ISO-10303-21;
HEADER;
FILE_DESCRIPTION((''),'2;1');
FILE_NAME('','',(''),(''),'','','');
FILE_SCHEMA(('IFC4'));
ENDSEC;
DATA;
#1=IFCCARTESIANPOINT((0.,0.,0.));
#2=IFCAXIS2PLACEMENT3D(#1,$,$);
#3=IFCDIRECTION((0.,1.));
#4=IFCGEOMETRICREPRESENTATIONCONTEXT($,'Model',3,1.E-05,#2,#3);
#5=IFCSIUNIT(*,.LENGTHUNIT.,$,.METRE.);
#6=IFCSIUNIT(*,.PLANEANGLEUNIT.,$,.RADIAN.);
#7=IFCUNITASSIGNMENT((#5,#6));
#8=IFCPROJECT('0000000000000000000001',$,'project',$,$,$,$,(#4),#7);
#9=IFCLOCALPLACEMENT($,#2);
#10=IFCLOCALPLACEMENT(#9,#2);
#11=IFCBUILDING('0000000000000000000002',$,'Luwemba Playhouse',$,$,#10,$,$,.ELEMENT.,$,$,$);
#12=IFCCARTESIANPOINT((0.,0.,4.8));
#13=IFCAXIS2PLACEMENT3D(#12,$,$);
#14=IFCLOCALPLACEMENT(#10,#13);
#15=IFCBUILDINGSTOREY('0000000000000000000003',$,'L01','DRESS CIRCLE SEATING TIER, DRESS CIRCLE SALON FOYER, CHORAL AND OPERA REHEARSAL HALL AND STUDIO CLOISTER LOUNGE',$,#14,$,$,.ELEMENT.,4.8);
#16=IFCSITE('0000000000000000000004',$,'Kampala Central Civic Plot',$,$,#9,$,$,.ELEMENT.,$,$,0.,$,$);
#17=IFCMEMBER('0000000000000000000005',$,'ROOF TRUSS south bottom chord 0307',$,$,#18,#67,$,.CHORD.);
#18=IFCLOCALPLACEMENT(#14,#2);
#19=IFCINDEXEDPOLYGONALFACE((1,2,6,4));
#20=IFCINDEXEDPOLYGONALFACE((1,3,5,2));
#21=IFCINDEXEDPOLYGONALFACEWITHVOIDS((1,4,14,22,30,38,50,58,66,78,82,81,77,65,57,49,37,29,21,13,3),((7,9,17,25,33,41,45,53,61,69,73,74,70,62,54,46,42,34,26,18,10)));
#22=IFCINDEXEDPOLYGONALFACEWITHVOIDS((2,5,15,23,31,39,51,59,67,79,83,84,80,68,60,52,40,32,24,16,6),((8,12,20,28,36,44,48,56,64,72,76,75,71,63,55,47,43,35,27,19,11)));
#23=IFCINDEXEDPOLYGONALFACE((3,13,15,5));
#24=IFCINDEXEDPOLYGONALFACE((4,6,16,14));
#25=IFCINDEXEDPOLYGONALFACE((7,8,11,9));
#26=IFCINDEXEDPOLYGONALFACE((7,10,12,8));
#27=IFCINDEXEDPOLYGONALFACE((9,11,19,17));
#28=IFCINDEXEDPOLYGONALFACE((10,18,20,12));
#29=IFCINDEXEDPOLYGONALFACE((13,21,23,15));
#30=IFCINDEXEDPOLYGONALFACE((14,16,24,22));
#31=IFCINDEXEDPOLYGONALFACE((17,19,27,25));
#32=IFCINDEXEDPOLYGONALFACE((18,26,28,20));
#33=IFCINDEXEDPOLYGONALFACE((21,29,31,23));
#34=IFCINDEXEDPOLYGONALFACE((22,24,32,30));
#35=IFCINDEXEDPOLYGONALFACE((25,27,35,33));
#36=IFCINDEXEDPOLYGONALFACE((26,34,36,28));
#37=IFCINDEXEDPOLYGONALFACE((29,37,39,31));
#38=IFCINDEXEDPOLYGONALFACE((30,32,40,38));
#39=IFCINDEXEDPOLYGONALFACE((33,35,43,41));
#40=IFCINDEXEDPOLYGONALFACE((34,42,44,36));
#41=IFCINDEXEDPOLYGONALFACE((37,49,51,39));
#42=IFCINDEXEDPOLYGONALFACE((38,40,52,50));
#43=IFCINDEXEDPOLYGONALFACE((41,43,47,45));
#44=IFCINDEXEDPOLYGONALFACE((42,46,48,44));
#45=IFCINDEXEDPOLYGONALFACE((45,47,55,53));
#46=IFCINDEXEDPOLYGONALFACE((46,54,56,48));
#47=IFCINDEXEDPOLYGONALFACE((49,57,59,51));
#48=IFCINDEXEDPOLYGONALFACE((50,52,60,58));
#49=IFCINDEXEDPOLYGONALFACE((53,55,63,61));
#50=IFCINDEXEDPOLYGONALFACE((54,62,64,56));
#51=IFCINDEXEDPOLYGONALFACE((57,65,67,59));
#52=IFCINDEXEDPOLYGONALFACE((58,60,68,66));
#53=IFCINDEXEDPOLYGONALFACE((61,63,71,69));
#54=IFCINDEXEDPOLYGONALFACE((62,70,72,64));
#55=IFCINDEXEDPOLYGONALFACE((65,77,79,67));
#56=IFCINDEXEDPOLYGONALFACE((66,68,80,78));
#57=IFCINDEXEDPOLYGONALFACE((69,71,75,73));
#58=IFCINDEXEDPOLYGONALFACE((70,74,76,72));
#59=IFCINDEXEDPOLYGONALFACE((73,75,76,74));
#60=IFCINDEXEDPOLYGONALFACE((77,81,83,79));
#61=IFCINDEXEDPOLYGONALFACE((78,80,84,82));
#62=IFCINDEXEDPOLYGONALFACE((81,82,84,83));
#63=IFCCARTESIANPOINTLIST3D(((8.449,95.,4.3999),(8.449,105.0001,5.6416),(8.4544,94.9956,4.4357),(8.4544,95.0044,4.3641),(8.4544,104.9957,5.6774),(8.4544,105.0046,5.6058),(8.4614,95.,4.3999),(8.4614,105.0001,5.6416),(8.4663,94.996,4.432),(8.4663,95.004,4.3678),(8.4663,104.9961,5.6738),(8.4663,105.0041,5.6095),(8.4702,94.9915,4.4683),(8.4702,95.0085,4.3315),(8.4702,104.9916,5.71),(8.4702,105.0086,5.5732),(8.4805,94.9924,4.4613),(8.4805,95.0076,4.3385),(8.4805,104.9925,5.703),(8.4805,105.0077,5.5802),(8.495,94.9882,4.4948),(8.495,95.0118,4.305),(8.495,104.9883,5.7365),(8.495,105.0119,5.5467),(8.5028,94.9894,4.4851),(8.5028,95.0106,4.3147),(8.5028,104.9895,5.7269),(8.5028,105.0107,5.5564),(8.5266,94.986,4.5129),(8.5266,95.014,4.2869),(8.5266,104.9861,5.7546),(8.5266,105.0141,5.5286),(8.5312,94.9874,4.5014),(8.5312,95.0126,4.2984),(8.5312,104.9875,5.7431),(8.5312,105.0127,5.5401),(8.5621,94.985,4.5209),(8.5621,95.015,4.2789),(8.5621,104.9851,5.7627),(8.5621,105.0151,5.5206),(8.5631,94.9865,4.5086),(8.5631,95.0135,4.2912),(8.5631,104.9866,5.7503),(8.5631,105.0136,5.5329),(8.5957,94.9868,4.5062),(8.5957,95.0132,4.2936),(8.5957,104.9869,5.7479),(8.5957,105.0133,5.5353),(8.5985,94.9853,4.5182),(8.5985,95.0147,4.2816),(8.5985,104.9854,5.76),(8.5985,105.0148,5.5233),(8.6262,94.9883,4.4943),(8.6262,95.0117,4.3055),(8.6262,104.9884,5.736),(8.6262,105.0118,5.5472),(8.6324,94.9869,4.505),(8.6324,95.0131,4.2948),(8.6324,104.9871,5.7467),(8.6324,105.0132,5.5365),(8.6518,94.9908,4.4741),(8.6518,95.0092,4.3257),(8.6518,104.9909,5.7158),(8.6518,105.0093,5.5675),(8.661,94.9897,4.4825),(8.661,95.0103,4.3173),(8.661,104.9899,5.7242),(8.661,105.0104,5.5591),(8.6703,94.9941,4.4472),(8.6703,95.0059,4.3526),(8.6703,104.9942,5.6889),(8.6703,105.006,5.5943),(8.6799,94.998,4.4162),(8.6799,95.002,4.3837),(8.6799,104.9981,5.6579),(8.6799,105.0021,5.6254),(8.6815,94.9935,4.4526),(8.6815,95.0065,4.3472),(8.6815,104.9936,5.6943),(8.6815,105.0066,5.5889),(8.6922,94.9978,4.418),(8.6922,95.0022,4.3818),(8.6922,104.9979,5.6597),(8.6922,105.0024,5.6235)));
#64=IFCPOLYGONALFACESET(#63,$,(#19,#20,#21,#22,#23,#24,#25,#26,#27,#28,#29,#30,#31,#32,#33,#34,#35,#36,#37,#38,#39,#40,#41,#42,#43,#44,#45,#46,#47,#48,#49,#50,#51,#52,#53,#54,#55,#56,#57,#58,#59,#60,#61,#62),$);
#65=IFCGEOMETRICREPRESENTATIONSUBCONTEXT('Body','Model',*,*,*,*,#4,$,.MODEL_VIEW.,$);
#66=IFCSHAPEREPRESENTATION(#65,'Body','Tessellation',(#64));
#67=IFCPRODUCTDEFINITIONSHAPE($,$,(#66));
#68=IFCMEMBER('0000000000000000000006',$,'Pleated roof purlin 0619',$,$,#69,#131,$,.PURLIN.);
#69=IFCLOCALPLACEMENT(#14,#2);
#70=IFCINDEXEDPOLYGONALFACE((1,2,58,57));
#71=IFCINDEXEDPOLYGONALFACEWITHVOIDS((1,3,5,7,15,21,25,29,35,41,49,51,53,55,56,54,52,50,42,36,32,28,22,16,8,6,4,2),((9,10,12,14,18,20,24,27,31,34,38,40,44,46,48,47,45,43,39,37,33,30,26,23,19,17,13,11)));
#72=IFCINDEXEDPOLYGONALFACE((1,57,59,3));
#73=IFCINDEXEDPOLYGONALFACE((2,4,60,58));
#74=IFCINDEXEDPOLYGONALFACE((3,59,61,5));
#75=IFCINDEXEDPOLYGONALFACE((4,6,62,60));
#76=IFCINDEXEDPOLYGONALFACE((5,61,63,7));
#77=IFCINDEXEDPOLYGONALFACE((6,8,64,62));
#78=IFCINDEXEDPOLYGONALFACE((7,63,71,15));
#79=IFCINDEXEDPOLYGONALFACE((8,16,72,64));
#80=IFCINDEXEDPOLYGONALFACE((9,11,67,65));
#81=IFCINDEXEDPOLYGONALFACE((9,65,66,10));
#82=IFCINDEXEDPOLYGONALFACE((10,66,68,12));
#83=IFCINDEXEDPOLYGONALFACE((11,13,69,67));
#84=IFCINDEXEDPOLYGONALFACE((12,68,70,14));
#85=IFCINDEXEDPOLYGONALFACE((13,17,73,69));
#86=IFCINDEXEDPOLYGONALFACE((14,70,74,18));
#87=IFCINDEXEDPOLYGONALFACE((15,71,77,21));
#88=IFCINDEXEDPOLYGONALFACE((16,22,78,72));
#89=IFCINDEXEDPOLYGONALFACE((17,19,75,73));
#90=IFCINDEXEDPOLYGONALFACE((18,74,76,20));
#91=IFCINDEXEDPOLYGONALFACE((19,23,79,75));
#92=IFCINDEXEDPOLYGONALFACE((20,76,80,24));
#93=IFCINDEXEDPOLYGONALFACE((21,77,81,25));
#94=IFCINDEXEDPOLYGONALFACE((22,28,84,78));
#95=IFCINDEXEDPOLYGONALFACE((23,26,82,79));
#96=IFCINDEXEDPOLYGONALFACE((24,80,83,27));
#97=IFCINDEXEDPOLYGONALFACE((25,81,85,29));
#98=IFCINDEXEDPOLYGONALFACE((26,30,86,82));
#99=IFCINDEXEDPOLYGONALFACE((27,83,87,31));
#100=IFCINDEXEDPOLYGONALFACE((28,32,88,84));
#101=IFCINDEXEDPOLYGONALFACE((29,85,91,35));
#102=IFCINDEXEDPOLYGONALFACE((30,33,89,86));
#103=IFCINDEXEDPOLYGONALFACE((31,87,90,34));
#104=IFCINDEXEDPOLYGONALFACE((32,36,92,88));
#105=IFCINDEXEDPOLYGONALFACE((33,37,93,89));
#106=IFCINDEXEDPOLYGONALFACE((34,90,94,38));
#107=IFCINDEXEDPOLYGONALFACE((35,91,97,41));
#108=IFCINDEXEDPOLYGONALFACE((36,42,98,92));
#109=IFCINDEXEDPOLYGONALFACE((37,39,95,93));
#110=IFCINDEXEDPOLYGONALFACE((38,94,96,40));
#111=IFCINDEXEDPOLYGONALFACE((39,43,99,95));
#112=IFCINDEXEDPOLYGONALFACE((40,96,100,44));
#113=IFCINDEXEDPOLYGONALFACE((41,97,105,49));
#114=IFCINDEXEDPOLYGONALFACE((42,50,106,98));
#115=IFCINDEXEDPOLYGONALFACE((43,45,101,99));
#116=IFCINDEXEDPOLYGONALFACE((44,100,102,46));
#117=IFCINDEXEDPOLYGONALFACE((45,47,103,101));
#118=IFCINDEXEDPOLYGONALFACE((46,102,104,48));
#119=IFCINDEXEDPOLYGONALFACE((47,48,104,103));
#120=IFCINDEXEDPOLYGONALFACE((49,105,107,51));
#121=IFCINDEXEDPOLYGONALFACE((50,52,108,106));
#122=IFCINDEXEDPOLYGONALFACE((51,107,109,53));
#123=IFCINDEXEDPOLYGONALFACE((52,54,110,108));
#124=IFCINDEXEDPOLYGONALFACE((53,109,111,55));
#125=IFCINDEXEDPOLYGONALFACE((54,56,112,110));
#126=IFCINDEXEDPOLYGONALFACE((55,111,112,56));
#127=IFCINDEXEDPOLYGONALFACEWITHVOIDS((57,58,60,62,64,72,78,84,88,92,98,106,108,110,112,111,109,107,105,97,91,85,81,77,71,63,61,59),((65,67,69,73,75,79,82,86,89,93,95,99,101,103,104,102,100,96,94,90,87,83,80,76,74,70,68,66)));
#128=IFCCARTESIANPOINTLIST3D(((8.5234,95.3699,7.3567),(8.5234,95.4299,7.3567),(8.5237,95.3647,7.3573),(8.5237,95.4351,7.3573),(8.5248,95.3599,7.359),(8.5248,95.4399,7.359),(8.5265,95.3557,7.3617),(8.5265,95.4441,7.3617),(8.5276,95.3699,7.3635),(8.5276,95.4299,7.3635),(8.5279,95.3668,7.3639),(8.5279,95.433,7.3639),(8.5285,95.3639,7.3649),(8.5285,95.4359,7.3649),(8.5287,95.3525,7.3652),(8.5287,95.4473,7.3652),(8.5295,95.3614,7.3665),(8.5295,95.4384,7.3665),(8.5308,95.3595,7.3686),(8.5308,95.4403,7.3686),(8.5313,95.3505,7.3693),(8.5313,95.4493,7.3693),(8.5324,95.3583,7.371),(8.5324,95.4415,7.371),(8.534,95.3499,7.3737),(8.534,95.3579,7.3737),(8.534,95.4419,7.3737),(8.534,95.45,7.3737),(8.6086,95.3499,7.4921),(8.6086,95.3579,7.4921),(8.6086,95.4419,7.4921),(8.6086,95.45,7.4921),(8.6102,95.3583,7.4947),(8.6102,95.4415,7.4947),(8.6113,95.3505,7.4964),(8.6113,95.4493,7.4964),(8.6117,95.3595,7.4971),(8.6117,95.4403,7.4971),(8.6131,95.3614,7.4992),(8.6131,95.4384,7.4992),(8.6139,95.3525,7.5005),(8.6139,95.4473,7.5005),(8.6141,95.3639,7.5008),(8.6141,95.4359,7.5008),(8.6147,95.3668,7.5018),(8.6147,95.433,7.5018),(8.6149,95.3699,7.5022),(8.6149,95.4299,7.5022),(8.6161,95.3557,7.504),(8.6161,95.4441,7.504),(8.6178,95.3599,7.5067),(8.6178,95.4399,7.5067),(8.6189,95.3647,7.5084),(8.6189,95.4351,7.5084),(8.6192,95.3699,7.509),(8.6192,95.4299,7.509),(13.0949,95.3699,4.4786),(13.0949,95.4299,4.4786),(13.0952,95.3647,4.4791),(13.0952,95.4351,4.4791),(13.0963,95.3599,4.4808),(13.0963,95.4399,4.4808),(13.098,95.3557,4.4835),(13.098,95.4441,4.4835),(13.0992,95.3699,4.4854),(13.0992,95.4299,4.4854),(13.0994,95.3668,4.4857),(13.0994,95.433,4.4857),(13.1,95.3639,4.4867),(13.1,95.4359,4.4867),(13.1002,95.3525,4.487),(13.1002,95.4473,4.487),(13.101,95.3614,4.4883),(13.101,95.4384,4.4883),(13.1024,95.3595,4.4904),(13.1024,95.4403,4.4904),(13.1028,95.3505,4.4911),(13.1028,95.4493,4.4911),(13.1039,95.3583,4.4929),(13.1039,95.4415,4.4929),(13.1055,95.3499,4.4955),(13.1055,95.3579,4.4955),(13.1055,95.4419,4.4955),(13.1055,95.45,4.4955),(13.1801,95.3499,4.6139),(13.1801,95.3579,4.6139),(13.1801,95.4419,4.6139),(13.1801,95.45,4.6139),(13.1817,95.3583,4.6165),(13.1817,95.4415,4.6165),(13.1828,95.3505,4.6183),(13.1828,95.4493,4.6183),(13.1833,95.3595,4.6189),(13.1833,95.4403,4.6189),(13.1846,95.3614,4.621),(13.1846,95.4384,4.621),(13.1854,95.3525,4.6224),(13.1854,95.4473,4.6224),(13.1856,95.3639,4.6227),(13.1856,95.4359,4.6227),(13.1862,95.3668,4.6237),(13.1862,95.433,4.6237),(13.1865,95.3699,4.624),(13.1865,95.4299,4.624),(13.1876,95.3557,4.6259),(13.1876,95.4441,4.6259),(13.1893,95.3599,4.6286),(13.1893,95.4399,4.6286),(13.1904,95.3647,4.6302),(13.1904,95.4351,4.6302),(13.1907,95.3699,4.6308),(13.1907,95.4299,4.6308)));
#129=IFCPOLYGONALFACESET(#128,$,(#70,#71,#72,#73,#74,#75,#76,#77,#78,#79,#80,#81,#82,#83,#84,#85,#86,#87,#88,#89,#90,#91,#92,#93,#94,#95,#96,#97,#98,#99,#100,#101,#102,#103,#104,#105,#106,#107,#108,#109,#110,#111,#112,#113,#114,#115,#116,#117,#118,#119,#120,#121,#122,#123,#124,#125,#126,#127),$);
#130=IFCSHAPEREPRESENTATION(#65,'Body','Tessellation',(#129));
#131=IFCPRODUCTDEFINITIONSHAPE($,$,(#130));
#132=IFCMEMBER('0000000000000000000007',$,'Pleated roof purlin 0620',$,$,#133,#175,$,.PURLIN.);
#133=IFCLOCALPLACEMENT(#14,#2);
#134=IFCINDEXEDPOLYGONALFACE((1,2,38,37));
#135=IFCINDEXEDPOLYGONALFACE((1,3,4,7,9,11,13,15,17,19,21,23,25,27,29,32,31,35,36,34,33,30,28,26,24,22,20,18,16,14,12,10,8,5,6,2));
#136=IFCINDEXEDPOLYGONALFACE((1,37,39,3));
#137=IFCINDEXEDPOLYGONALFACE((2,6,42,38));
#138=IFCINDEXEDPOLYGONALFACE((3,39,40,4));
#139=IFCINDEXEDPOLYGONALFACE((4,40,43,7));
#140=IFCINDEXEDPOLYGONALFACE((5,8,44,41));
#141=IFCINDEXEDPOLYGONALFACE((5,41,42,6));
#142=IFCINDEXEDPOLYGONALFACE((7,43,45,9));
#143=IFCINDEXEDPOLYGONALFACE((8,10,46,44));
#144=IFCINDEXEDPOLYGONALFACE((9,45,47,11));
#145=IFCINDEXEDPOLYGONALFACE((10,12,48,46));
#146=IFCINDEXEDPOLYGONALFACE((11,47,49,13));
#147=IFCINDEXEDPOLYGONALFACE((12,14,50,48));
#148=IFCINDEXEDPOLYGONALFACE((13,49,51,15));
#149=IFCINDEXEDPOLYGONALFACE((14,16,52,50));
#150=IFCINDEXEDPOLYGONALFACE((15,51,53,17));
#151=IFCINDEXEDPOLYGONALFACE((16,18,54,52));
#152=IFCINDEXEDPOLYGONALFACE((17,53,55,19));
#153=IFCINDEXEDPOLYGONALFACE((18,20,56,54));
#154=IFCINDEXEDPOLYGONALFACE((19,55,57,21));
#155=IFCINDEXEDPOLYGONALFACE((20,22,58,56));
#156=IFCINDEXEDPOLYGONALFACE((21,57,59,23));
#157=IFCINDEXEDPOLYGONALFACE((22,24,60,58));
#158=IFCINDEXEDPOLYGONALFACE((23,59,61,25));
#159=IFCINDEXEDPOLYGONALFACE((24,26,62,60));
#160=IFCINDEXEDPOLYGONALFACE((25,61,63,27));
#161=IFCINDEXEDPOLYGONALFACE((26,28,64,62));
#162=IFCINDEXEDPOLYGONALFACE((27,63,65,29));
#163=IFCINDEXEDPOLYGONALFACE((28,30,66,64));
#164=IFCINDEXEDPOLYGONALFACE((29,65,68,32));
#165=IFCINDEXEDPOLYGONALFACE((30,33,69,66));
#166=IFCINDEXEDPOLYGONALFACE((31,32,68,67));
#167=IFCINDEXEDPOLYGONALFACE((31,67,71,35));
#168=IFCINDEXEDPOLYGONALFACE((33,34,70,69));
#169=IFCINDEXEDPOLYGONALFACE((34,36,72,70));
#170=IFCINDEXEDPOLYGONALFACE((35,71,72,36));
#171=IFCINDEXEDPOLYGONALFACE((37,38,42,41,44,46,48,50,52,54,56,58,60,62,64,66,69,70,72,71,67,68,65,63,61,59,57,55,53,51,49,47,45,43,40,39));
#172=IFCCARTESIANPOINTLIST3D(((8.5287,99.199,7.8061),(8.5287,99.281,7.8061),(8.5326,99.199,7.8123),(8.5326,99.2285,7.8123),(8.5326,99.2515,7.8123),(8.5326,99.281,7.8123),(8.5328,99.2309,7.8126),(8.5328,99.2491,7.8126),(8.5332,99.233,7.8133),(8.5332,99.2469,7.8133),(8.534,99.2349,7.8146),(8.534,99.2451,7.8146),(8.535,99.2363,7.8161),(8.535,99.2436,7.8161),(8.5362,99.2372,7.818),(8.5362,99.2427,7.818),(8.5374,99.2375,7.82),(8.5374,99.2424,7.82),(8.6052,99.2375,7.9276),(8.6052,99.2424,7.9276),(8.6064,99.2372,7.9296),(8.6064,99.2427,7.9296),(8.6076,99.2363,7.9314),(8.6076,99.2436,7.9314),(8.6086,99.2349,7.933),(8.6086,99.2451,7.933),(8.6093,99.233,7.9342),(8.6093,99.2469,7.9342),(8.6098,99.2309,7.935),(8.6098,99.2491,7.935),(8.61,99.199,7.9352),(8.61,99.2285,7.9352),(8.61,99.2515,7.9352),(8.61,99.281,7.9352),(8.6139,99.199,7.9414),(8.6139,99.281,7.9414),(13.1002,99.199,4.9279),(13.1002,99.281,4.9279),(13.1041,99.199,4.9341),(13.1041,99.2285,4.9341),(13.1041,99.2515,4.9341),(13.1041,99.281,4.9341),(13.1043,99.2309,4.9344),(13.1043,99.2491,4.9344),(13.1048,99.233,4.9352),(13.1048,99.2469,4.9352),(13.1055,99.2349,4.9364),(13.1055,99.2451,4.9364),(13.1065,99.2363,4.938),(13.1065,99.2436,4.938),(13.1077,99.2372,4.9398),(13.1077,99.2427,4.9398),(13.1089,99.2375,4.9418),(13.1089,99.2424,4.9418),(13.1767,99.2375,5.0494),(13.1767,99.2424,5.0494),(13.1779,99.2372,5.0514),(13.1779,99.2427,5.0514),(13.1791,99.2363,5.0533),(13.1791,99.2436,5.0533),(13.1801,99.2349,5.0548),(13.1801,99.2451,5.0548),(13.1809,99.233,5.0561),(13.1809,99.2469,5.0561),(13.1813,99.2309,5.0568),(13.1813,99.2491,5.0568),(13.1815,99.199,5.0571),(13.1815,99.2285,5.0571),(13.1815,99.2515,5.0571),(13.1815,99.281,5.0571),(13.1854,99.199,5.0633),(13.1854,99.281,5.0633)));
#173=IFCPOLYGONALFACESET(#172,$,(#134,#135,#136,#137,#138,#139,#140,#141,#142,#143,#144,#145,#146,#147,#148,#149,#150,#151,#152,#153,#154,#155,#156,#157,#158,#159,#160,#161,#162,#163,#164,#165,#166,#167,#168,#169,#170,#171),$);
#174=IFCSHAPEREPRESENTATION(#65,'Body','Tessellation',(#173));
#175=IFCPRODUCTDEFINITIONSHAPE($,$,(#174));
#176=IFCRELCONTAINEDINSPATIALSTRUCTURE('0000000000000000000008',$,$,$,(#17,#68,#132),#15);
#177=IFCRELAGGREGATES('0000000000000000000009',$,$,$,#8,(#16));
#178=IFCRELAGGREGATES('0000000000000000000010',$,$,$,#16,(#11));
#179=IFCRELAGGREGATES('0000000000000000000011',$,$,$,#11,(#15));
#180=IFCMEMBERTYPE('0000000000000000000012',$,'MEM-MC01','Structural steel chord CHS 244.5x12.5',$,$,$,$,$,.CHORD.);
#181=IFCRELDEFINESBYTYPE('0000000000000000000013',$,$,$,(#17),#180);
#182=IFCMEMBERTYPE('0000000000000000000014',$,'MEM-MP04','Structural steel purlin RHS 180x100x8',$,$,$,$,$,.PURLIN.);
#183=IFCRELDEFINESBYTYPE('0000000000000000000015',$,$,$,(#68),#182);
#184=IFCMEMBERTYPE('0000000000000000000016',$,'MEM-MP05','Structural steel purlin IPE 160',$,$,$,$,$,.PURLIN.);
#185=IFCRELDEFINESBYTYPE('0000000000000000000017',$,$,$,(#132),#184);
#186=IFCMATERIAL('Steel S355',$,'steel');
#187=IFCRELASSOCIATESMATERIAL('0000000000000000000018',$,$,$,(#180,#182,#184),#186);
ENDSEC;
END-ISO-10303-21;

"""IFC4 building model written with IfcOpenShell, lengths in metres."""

from ifc_helpers import new_model, si_unit, direction, frame, origin, origin_2d, place, context, subcontext, project, spatial, hollow_rectangle, hollow_circle, i_section, extrude, material, material_profile, profile_set, type_object, element, save


model = new_model("IFC4")

# Units and contexts
model_context = context("Model", 3, precision=1e-05, world=origin(), true_north=direction((0.0, 1.0)))
body_context = subcontext(model_context, "Body", "Model", "MODEL_VIEW")
ifc_project = project(units=[si_unit("LENGTHUNIT", "METRE"), si_unit("PLANEANGLEUNIT", "RADIAN")], contexts=[model_context])

# Site, building, storey
site_placement = place(None, origin())
site = spatial("IfcSite", under=ifc_project, at=site_placement, Name="Kampala Central Civic Plot", CompositionType="ELEMENT", RefElevation=0.0)
building_placement = place(site_placement, origin())
building = spatial("IfcBuilding", under=site, at=building_placement, Name="Luwemba Playhouse", CompositionType="ELEMENT")
storey_placement = place(building_placement, frame((0.0, 0.0, 4.8)))
storey = spatial("IfcBuildingStorey", under=building, at=storey_placement, Name="L01", Description="DRESS CIRCLE SEATING TIER, DRESS CIRCLE SALON FOYER, CHORAL AND OPERA REHEARSAL HALL AND STUDIO CLOISTER LOUNGE", CompositionType="ELEMENT", Elevation=4.8)

# Shared definitions
ifc_material_1 = material(Name="Steel S355", Category="steel")

# Members
ifc_material_profile_1 = material_profile(ifc_material_1, hollow_circle(Radius=0.1223, WallThickness=0.0125, at=origin_2d()))
ifc_profile_set_1 = profile_set([ifc_material_profile_1], Name="Steel S355")
member_type_1 = type_object("IfcMemberType", Name="MEM-MC01", Description="Structural steel chord CHS 244.5x12.5", PredefinedType="CHORD", material=ifc_profile_set_1)
member_1_placement = place(storey_placement, frame((8.5713, 95.0, 4.3999), z_axis=(0.0, 0.992379, 0.123224), x_axis=(-1.0, 0.0, 0.0)))
element("IfcMember", 1, at=member_1_placement, inside=storey, type_object=member_type_1, Name="ROOF TRUSS south bottom chord 0307", PredefinedType="CHORD", context=body_context, shape_type="SweptSolid", body=[
    extrude(hollow_circle(Radius=0.1223, WallThickness=0.0125, at=origin_2d()), origin(), (0.0, 0.0, 1.0), 10.0769),
])
ifc_material_profile_2 = material_profile(ifc_material_1, hollow_rectangle(XDim=0.1001, YDim=0.1799, WallThickness=0.0081, InnerFilletRadius=0.012, OuterFilletRadius=0.02, at=origin_2d()))
ifc_profile_set_2 = profile_set([ifc_material_profile_2], Name="Steel S355")
member_type_2 = type_object("IfcMemberType", Name="MEM-MP04", Description="Structural steel purlin RHS 180x100x8", PredefinedType="PURLIN", material=ifc_profile_set_2)
member_2_placement = place(storey_placement, frame((8.5713, 95.3999, 7.4329), z_axis=(0.846249, 0.0, -0.532787), x_axis=(0.0, 1.0, 0.0)))
element("IfcMember", 2, at=member_2_placement, inside=storey, type_object=member_type_2, Name="Pleated roof purlin 0619", PredefinedType="PURLIN", context=body_context, shape_type="SweptSolid", body=[
    extrude(hollow_rectangle(XDim=0.1001, YDim=0.1799, WallThickness=0.0081, InnerFilletRadius=0.012, OuterFilletRadius=0.02, at=origin_2d()), origin(), (0.0, 0.0, 1.0), 5.4021),
])
ifc_material_profile_3 = material_profile(ifc_material_1, i_section(OverallWidth=0.082, OverallDepth=0.1599, WebThickness=0.0049, FlangeThickness=0.0073, FilletRadius=0.009, at=origin_2d()))
ifc_profile_set_3 = profile_set([ifc_material_profile_3], Name="Steel S355")
member_type_3 = type_object("IfcMemberType", Name="MEM-MP05", Description="Structural steel purlin IPE 160", PredefinedType="PURLIN", material=ifc_profile_set_3)
member_3_placement = place(storey_placement, frame((8.5713, 99.24, 7.8738), z_axis=(0.846249, 0.0, -0.532787), x_axis=(0.0, 1.0, 0.0)))
element("IfcMember", 3, at=member_3_placement, inside=storey, type_object=member_type_3, Name="Pleated roof purlin 0620", PredefinedType="PURLIN", context=body_context, shape_type="SweptSolid", body=[
    extrude(i_section(OverallWidth=0.082, OverallDepth=0.1599, WebThickness=0.0049, FlangeThickness=0.0073, FilletRadius=0.009, at=origin_2d()), origin(), (0.0, 0.0, 1.0), 5.4021),
])

save(model, "model.ifc")
